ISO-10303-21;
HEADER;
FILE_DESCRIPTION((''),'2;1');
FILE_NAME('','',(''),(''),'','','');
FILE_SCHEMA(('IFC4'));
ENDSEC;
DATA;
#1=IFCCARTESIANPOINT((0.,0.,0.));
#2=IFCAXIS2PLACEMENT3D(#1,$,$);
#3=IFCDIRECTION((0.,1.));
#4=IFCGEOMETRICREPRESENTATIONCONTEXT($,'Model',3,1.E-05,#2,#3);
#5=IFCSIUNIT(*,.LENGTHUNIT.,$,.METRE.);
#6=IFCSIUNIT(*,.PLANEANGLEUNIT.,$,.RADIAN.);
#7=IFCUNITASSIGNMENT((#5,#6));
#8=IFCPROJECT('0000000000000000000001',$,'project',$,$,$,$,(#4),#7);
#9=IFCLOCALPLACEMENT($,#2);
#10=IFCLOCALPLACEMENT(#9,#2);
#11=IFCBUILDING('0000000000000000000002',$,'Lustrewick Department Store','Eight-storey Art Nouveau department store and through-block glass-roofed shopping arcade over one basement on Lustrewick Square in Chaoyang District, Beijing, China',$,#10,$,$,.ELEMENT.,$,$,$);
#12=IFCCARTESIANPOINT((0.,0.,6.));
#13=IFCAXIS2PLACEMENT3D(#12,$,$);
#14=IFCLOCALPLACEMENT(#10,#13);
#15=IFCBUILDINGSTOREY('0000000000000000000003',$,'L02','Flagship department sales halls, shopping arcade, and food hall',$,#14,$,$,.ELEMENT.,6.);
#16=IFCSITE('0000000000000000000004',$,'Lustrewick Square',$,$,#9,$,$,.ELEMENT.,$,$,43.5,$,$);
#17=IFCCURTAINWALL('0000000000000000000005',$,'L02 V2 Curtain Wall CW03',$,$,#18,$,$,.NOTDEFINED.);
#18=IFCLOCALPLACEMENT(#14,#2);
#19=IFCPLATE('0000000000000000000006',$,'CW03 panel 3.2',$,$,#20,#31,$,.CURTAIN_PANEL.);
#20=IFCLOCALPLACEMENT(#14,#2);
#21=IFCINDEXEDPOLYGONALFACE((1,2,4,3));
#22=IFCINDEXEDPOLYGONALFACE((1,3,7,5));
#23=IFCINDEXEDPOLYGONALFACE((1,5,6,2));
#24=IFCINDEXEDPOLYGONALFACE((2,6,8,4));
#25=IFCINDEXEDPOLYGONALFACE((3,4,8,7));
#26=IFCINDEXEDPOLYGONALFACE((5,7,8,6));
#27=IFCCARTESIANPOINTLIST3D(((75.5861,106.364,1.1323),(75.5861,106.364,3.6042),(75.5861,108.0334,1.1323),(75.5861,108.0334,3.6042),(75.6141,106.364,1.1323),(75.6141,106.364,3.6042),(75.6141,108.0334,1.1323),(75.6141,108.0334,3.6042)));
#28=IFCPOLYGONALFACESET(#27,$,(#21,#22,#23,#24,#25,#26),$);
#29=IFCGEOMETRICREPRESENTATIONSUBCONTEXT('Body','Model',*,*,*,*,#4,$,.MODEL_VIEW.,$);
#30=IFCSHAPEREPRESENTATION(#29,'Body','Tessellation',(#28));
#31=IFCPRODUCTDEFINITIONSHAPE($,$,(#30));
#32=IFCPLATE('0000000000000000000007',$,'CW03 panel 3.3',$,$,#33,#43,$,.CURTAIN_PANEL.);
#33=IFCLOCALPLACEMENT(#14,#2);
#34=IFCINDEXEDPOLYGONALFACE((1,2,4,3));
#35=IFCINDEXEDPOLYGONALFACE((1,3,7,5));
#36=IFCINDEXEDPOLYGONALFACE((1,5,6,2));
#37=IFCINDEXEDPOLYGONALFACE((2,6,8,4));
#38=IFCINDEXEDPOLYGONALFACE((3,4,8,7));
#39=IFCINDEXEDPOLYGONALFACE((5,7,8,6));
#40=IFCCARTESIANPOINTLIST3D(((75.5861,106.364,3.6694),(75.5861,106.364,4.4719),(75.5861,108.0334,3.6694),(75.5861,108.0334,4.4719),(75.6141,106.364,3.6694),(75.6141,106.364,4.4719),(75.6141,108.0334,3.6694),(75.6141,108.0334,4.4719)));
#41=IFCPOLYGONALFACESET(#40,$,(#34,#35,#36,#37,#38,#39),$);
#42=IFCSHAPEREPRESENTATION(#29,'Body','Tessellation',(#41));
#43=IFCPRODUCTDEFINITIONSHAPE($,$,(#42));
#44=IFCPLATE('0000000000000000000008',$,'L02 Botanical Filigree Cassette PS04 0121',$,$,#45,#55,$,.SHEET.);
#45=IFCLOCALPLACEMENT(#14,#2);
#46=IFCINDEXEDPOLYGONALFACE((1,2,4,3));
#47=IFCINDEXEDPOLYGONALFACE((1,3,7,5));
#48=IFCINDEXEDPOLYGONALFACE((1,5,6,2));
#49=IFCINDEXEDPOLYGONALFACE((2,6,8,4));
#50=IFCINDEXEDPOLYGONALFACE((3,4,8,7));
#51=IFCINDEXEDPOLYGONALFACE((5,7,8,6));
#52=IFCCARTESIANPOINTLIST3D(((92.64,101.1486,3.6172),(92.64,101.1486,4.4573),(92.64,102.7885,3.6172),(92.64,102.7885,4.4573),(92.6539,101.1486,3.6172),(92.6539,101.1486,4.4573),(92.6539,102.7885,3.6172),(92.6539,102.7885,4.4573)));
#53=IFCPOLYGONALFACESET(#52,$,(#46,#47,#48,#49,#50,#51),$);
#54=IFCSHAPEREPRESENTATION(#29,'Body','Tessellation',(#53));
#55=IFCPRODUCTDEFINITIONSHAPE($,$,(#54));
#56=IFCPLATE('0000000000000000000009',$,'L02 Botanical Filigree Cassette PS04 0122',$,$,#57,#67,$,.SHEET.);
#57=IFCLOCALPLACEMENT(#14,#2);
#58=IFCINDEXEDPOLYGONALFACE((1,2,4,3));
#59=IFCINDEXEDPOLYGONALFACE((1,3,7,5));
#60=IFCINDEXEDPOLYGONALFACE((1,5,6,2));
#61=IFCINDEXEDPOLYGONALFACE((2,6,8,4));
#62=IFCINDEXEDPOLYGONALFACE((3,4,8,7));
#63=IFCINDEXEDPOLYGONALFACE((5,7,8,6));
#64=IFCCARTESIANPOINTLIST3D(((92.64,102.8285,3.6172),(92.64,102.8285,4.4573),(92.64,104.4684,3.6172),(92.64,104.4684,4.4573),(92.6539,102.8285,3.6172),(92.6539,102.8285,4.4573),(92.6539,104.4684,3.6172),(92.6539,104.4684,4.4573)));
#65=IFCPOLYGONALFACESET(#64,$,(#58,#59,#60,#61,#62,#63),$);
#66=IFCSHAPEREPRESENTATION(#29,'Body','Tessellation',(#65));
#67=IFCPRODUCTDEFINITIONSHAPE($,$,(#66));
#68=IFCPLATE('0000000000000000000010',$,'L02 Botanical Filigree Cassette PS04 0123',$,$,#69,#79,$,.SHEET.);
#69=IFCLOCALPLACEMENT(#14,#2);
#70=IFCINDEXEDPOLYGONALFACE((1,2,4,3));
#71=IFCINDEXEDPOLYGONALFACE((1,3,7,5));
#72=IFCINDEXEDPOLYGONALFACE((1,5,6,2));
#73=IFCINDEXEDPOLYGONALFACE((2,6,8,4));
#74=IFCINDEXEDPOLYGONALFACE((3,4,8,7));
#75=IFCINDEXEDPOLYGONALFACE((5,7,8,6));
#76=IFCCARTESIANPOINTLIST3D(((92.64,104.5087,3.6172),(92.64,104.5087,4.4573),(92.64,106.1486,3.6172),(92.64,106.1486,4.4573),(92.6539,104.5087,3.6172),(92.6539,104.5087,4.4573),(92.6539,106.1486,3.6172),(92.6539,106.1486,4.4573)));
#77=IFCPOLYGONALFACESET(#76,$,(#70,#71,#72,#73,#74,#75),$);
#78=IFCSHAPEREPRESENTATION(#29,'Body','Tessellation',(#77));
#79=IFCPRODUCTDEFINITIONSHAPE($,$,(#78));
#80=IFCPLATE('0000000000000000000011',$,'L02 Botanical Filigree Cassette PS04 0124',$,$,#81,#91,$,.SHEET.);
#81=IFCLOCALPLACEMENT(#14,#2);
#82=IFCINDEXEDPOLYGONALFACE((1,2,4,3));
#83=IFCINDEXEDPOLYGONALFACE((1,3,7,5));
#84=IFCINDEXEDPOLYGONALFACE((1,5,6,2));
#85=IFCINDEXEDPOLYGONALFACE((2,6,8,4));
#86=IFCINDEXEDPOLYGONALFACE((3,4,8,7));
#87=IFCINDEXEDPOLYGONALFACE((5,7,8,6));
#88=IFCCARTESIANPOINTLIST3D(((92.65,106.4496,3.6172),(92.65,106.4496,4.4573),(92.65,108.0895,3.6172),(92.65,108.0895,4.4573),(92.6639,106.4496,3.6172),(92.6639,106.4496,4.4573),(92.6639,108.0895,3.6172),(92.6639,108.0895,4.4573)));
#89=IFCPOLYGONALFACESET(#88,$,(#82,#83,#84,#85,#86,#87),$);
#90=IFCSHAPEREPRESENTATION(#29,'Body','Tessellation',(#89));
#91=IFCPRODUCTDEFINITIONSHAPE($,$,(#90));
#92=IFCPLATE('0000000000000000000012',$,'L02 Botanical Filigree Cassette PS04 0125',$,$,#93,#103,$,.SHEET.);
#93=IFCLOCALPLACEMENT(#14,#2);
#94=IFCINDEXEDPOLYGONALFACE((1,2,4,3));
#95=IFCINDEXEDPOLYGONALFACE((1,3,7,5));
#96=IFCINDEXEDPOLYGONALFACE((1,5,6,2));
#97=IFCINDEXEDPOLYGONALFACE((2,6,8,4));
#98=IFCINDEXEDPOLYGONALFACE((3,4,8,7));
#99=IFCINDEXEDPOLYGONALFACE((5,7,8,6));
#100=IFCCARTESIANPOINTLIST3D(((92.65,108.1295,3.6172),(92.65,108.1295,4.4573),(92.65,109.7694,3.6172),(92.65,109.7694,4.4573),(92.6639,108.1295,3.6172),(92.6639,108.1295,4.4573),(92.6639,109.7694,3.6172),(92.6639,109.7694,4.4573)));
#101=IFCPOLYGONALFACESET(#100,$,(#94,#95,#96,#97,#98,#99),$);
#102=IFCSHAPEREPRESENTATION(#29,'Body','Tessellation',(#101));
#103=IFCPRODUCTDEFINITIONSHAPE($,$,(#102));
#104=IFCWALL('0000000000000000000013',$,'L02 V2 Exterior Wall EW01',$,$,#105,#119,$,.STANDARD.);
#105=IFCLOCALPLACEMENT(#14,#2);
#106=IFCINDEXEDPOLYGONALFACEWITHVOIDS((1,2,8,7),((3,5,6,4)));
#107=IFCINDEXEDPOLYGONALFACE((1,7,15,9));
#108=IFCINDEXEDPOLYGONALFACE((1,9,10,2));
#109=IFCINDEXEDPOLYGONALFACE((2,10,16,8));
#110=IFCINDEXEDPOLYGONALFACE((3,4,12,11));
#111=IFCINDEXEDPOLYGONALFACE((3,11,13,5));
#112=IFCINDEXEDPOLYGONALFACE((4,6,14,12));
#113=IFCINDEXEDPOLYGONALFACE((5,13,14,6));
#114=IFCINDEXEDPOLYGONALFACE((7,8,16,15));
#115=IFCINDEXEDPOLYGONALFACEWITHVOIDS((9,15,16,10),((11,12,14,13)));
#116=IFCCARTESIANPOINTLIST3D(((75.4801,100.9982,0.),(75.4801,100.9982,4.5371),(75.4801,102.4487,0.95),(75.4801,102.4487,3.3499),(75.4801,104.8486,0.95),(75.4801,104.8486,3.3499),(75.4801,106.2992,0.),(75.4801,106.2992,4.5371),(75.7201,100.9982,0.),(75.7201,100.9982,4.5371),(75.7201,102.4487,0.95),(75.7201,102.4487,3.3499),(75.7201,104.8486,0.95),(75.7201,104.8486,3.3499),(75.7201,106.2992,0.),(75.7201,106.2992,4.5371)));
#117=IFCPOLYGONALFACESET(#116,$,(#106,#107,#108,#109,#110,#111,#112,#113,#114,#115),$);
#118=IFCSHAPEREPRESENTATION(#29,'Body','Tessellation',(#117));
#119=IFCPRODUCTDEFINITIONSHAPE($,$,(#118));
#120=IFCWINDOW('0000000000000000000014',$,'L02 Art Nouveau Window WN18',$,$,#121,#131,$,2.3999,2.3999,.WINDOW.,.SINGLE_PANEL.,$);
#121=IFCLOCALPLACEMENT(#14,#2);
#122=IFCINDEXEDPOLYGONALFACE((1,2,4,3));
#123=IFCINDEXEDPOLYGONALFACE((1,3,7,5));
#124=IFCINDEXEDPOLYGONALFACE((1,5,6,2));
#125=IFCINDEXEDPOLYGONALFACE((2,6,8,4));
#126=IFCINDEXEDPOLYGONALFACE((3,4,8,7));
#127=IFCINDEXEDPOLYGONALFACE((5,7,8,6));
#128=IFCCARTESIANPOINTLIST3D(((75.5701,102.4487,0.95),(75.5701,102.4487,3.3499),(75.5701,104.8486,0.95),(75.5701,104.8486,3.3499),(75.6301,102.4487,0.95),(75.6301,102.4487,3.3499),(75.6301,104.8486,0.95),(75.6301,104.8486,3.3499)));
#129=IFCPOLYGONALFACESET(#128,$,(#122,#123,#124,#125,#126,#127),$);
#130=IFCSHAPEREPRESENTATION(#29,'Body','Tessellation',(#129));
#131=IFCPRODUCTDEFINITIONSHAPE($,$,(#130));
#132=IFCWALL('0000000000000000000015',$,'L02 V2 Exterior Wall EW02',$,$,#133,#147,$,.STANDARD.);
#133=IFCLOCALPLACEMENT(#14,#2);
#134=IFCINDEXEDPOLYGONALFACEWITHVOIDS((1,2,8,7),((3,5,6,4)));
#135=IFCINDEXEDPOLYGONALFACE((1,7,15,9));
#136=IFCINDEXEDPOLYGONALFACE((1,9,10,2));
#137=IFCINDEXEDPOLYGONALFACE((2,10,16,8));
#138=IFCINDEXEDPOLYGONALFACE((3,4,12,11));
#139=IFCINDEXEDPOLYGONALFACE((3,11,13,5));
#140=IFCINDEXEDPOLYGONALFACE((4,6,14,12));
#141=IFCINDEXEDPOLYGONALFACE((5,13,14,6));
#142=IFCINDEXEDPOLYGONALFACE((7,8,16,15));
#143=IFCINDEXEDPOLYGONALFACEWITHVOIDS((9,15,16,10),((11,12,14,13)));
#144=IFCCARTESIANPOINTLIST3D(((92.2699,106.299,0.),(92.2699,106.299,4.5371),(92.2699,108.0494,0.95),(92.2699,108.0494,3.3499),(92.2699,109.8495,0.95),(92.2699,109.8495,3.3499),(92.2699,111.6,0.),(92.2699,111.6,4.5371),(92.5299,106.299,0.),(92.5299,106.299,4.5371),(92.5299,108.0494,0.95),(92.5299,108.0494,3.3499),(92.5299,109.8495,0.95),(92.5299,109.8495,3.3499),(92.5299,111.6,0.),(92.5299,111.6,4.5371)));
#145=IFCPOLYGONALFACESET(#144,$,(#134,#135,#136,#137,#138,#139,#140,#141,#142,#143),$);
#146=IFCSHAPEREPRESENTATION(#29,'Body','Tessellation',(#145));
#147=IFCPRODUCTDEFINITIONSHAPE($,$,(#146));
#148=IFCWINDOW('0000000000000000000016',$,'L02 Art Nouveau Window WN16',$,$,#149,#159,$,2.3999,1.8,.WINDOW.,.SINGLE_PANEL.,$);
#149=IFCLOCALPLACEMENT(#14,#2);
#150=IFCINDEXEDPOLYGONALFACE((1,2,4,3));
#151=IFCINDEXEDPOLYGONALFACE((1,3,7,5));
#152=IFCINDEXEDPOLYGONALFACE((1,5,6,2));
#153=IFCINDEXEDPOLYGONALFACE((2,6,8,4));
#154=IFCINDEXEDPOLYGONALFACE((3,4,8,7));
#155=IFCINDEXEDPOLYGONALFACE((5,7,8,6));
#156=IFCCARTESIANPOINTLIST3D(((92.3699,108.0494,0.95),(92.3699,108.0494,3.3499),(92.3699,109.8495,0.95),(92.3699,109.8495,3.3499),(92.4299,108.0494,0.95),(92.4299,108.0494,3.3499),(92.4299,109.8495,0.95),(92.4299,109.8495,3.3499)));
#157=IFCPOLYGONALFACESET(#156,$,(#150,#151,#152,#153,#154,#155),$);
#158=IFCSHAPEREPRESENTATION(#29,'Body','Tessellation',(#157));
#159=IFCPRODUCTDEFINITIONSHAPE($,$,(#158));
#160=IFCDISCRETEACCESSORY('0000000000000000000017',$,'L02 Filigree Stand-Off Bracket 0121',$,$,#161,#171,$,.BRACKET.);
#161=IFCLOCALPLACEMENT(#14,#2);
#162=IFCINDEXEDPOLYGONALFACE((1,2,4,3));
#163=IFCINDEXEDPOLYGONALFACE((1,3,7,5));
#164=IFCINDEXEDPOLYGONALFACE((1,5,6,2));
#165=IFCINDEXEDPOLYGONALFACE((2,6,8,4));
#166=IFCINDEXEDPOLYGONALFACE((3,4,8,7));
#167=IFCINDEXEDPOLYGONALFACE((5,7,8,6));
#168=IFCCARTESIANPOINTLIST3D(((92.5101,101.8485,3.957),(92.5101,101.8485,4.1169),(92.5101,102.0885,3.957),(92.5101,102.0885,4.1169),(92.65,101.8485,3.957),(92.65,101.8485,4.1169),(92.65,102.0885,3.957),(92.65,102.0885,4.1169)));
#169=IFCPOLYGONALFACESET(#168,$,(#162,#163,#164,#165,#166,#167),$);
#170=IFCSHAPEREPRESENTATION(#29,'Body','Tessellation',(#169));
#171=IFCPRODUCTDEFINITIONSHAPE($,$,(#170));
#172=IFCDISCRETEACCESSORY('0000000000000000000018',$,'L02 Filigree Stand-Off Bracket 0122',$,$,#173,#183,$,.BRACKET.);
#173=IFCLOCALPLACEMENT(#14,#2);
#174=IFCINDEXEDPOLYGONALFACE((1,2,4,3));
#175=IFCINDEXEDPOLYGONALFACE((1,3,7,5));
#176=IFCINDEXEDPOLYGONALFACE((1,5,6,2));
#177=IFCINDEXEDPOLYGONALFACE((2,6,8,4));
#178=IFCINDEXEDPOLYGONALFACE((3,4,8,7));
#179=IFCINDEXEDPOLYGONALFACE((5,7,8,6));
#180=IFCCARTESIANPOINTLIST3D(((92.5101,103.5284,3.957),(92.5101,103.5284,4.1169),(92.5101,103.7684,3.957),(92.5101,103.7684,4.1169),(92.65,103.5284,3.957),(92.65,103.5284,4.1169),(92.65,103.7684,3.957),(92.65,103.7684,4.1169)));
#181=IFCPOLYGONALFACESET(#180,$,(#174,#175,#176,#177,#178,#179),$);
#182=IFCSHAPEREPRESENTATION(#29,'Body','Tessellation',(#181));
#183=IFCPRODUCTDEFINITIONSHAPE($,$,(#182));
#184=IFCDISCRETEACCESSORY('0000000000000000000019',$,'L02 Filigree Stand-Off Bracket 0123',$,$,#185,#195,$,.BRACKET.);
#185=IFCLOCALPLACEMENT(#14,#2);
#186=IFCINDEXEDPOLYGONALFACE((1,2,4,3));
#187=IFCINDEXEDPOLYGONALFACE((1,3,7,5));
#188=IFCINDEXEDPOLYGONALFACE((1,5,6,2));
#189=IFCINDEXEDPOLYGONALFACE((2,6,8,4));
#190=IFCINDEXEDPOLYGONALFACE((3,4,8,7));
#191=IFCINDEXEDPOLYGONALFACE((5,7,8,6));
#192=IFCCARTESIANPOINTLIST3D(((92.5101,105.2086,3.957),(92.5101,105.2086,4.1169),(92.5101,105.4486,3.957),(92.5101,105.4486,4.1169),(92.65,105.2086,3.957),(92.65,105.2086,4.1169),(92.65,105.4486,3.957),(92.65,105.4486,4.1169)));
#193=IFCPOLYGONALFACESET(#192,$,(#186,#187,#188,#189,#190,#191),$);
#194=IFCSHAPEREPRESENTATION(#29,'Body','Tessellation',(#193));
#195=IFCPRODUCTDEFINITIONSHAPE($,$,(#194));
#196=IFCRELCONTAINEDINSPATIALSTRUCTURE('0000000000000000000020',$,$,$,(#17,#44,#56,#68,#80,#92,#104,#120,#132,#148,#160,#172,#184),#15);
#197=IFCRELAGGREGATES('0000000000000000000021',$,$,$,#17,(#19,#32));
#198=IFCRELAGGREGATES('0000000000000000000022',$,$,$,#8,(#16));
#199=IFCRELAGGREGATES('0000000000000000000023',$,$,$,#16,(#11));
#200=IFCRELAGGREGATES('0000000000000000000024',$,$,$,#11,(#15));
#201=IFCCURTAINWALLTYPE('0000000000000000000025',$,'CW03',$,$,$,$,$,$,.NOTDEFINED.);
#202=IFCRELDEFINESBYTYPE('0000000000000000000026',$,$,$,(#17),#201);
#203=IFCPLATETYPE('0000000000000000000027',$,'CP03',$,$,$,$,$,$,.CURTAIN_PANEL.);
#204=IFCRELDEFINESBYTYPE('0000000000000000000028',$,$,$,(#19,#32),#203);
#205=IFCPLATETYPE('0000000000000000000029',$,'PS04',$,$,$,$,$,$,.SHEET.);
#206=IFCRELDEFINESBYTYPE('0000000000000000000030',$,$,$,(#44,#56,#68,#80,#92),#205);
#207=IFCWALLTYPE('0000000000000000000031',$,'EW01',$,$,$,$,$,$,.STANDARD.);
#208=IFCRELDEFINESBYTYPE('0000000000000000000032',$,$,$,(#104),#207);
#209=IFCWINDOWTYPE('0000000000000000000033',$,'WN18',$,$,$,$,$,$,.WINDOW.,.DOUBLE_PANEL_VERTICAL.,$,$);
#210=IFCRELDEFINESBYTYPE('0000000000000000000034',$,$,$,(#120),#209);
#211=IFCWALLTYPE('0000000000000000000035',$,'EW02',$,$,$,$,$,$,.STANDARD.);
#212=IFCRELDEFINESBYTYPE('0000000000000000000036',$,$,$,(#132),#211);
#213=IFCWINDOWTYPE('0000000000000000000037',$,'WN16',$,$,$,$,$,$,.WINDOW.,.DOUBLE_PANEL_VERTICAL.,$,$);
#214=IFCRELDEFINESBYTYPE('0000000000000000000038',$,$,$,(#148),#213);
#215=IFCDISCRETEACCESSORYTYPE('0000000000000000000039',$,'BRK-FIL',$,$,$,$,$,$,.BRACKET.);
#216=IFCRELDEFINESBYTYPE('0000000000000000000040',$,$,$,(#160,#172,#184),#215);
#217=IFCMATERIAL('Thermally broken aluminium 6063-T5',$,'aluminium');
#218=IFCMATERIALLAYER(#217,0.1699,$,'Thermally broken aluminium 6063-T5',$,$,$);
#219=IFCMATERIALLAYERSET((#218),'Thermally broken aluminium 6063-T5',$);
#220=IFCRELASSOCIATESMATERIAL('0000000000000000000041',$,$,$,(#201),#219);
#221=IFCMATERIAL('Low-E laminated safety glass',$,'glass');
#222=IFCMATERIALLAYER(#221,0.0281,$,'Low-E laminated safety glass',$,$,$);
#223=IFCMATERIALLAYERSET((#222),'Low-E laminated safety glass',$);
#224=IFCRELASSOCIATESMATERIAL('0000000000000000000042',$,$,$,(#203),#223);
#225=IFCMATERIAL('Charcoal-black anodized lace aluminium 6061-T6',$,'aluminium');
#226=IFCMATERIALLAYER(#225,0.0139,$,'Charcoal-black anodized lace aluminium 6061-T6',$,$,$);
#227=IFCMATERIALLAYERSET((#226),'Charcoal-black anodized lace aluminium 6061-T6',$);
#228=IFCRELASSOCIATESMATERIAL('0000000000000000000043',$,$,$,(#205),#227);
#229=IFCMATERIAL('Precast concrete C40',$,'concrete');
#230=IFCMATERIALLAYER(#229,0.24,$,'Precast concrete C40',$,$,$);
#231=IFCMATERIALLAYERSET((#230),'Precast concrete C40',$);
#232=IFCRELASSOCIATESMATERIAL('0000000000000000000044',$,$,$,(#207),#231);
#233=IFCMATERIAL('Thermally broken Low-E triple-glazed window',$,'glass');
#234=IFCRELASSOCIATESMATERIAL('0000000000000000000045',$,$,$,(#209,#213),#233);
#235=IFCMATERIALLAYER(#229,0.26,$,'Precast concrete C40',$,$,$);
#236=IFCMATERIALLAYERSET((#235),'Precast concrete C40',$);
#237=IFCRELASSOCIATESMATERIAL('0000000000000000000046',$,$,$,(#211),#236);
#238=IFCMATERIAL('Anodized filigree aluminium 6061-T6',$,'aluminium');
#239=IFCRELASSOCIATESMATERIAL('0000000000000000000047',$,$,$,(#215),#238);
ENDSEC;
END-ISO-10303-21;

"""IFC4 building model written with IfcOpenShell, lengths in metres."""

from ifc_helpers import new_model, si_unit, direction, frame, frame_2d, origin, origin_2d, place, context, subcontext, project, spatial, rectangle, extrude, material, layer, layer_set, type_object, element, fill, aggregate, save


model = new_model("IFC4")

# Units and contexts
model_context = context("Model", 3, precision=1e-05, world=origin(), true_north=direction((0.0, 1.0)))
body_context = subcontext(model_context, "Body", "Model", "MODEL_VIEW")
ifc_project = project(units=[si_unit("LENGTHUNIT", "METRE"), si_unit("PLANEANGLEUNIT", "RADIAN")], contexts=[model_context])

# Site, building, storey
site_placement = place(None, origin())
site = spatial("IfcSite", under=ifc_project, at=site_placement, Name="Lustrewick Square", CompositionType="ELEMENT", RefElevation=43.5)
building_placement = place(site_placement, origin())
building = spatial("IfcBuilding", under=site, at=building_placement, Name="Lustrewick Department Store", Description="Eight-storey Art Nouveau department store and through-block glass-roofed shopping arcade over one basement on Lustrewick Square in Chaoyang District, Beijing, China", CompositionType="ELEMENT")
storey_placement = place(building_placement, frame((0.0, 0.0, 6.0)))
storey = spatial("IfcBuildingStorey", under=building, at=storey_placement, Name="L02", Description="Flagship department sales halls, shopping arcade, and food hall", CompositionType="ELEMENT", Elevation=6.0)

# Curtain wall
ifc_material_1 = material(Name="Thermally broken aluminium 6063-T5", Category="aluminium")
ifc_layer_1 = layer(ifc_material_1, 0.1699, Name="Thermally broken aluminium 6063-T5")
ifc_layer_set_1 = layer_set([ifc_layer_1], Name="Thermally broken aluminium 6063-T5")
curtain_wall_type = type_object("IfcCurtainWallType", Name="CW03", PredefinedType="NOTDEFINED", material=ifc_layer_set_1)
curtain_wall_placement = place(storey_placement, origin())
curtain_wall = element("IfcCurtainWall", 1, at=curtain_wall_placement, inside=storey, type_object=curtain_wall_type, Name="L02 V2 Curtain Wall CW03", PredefinedType="NOTDEFINED")

# Plates
ifc_material_2 = material(Name="Low-E laminated safety glass", Category="glass")
ifc_layer_2 = layer(ifc_material_2, 0.0281, Name="Low-E laminated safety glass")
ifc_layer_set_2 = layer_set([ifc_layer_2], Name="Low-E laminated safety glass")
plate_type_1 = type_object("IfcPlateType", Name="CP03", PredefinedType="CURTAIN_PANEL", material=ifc_layer_set_2)
plate_1_placement = place(storey_placement, frame((75.6001, 107.1987, 1.1323), z_axis=(0.0, 0.0, 1.0), x_axis=(0.0, -1.0, 0.0)))
plate_1 = element("IfcPlate", 2, at=plate_1_placement, type_object=plate_type_1, Name="CW03 panel 3.2", PredefinedType="CURTAIN_PANEL", context=body_context, shape_type="SweptSolid", body=[
    extrude(rectangle(XDim=1.6694, YDim=0.0281, at=origin_2d()), origin(), (0.0, 0.0, 1.0), 2.4719),
])
plate_2_placement = place(storey_placement, frame((75.6001, 107.1987, 3.6694), z_axis=(0.0, 0.0, 1.0), x_axis=(0.0, -1.0, 0.0)))
plate_2 = element("IfcPlate", 3, at=plate_2_placement, type_object=plate_type_1, Name="CW03 panel 3.3", PredefinedType="CURTAIN_PANEL", context=body_context, shape_type="SweptSolid", body=[
    extrude(rectangle(XDim=1.6694, YDim=0.0281, at=origin_2d()), origin(), (0.0, 0.0, 1.0), 0.8025),
])
aggregate(curtain_wall, [plate_1, plate_2])

# Plates
ifc_material_3 = material(Name="Charcoal-black anodized lace aluminium 6061-T6", Category="aluminium")
ifc_layer_3 = layer(ifc_material_3, 0.0139, Name="Charcoal-black anodized lace aluminium 6061-T6")
ifc_layer_set_3 = layer_set([ifc_layer_3], Name="Charcoal-black anodized lace aluminium 6061-T6")
plate_type_2 = type_object("IfcPlateType", Name="PS04", PredefinedType="SHEET", material=ifc_layer_set_3)
for number, where, z_axis, x_axis, name in (
    (4, (92.647, 101.9685, 3.6172), (0.0, 0.0, 1.0), (0.0, 1.0, 0.0), "L02 Botanical Filigree Cassette PS04 0121"),
    (5, (92.647, 103.6484, 3.6172), (0.0, 0.0, 1.0), (0.0, 1.0, 0.0), "L02 Botanical Filigree Cassette PS04 0122"),
    (6, (92.647, 105.3286, 3.6172), (0.0, 0.0, 1.0), (0.0, 1.0, 0.0), "L02 Botanical Filigree Cassette PS04 0123"),
    (7, (92.657, 107.2695, 3.6172), (0.0, 0.0, 1.0), (0.0, 1.0, 0.0), "L02 Botanical Filigree Cassette PS04 0124"),
    (8, (92.657, 108.9495, 3.6172), (0.0, 0.0, 1.0), (0.0, 1.0, 0.0), "L02 Botanical Filigree Cassette PS04 0125"),
):
    element("IfcPlate", number, at=place(storey_placement, frame(where, z_axis=z_axis, x_axis=x_axis)), inside=storey, type_object=plate_type_2, Name=name, PredefinedType="SHEET", context=body_context, shape_type="SweptSolid", body=[
        extrude(rectangle(XDim=1.6399, YDim=0.0139, at=origin_2d()), origin(), (0.0, 0.0, 1.0), 0.8401),
    ])

# Walls, openings, windows
ifc_material_4 = material(Name="Precast concrete C40", Category="concrete")
ifc_layer_4 = layer(ifc_material_4, 0.24, Name="Precast concrete C40")
ifc_layer_set_4 = layer_set([ifc_layer_4], Name="Precast concrete C40")
wall_type_1 = type_object("IfcWallType", Name="EW01", PredefinedType="STANDARD", material=ifc_layer_set_4)
wall_1_placement = place(storey_placement, frame((75.6001, 106.2991, 0.0), z_axis=(0.0, 0.0, 1.0), x_axis=(0.0, -1.0, 0.0)))
wall_1 = element("IfcWall", 9, at=wall_1_placement, inside=storey, type_object=wall_type_1, Name="L02 V2 Exterior Wall EW01", PredefinedType="STANDARD", context=body_context, shape_type="SweptSolid", body=[
    extrude(rectangle(XDim=5.301, YDim=0.24, at=frame_2d((2.6504, 0.0))), origin(), (0.0, 0.0, 1.0), 4.5371),
])
opening_1_placement = place(wall_1_placement, frame((1.4504, 0.0, 0.95)))
opening_1 = element("IfcOpeningElement", 10, at=opening_1_placement, cuts=wall_1, PredefinedType="OPENING", context=body_context, shape_type="SweptSolid", body=[
    extrude(rectangle(XDim=2.3999, YDim=2.3999, at=frame_2d((1.2, 1.2))), frame((0.0, 0.1299, 0.0), z_axis=(0.0, -1.0, 0.0), x_axis=(1.0, 0.0, 0.0)), (0.0, 0.0, 1.0), 0.26),
])
ifc_material_5 = material(Name="Thermally broken Low-E triple-glazed window", Category="glass")
window_type_1 = type_object("IfcWindowType", Name="WN18", PartitioningType="DOUBLE_PANEL_VERTICAL", PredefinedType="WINDOW", material=ifc_material_5)
window_1_placement = place(opening_1_placement, origin())
window_1 = element("IfcWindow", 11, at=window_1_placement, inside=storey, type_object=window_type_1, Name="L02 Art Nouveau Window WN18", OverallHeight=2.3999, OverallWidth=2.3999, PartitioningType="SINGLE_PANEL", PredefinedType="WINDOW", context=body_context, shape_type="SweptSolid", body=[
    extrude(rectangle(XDim=2.3999, YDim=2.3999, at=frame_2d((1.2, 1.2))), frame((0.0, 0.03, 0.0), z_axis=(0.0, -1.0, 0.0), x_axis=(1.0, 0.0, 0.0)), (0.0, 0.0, 1.0), 0.0601),
])
fill(opening_1, window_1)
ifc_layer_5 = layer(ifc_material_4, 0.26, Name="Precast concrete C40")
ifc_layer_set_5 = layer_set([ifc_layer_5], Name="Precast concrete C40")
wall_type_2 = type_object("IfcWallType", Name="EW02", PredefinedType="STANDARD", material=ifc_layer_set_5)
wall_2_placement = place(storey_placement, frame((92.3999, 106.2991, 0.0), z_axis=(0.0, 0.0, 1.0), x_axis=(0.0, 1.0, 0.0)))
wall_2 = element("IfcWall", 12, at=wall_2_placement, inside=storey, type_object=wall_type_2, Name="L02 V2 Exterior Wall EW02", PredefinedType="STANDARD", context=body_context, shape_type="SweptSolid", body=[
    extrude(rectangle(XDim=5.301, YDim=0.26, at=frame_2d((2.6504, 0.0))), origin(), (0.0, 0.0, 1.0), 4.5371),
])
opening_2_placement = place(wall_2_placement, frame((1.7505, 0.0, 0.95)))
opening_2 = element("IfcOpeningElement", 13, at=opening_2_placement, cuts=wall_2, PredefinedType="OPENING", context=body_context, shape_type="SweptSolid", body=[
    extrude(rectangle(XDim=1.8, YDim=2.3999, at=frame_2d((0.8999, 1.2))), frame((0.0, 0.1401, 0.0), z_axis=(0.0, -1.0, 0.0), x_axis=(1.0, 0.0, 0.0)), (0.0, 0.0, 1.0), 0.28),
])
window_type_2 = type_object("IfcWindowType", Name="WN16", PartitioningType="DOUBLE_PANEL_VERTICAL", PredefinedType="WINDOW", material=ifc_material_5)
window_2_placement = place(opening_2_placement, origin())
window_2 = element("IfcWindow", 14, at=window_2_placement, inside=storey, type_object=window_type_2, Name="L02 Art Nouveau Window WN16", OverallHeight=2.3999, OverallWidth=1.8, PartitioningType="SINGLE_PANEL", PredefinedType="WINDOW", context=body_context, shape_type="SweptSolid", body=[
    extrude(rectangle(XDim=1.8, YDim=2.3999, at=frame_2d((0.8999, 1.2))), frame((0.0, 0.03, 0.0), z_axis=(0.0, -1.0, 0.0), x_axis=(1.0, 0.0, 0.0)), (0.0, 0.0, 1.0), 0.0601),
])
fill(opening_2, window_2)

# Discrete accessories
ifc_material_6 = material(Name="Anodized filigree aluminium 6061-T6", Category="aluminium")
discrete_accessory_type = type_object("IfcDiscreteAccessoryType", Name="BRK-FIL", PredefinedType="BRACKET", material=ifc_material_6)
for number, where, z_axis, x_axis, name in (
    (15, (92.5801, 101.9685, 3.957), (0.0, 0.0, 1.0), (0.0, 1.0, 0.0), "L02 Filigree Stand-Off Bracket 0121"),
    (16, (92.5801, 103.6484, 3.957), (0.0, 0.0, 1.0), (0.0, 1.0, 0.0), "L02 Filigree Stand-Off Bracket 0122"),
    (17, (92.5801, 105.3286, 3.957), (0.0, 0.0, 1.0), (0.0, 1.0, 0.0), "L02 Filigree Stand-Off Bracket 0123"),
):
    element("IfcDiscreteAccessory", number, at=place(storey_placement, frame(where, z_axis=z_axis, x_axis=x_axis)), inside=storey, type_object=discrete_accessory_type, Name=name, PredefinedType="BRACKET", context=body_context, shape_type="SweptSolid", body=[
        extrude(rectangle(XDim=0.24, YDim=0.1399, at=origin_2d()), origin(), (0.0, 0.0, 1.0), 0.1599),
    ])

save(model, "model.ifc")
